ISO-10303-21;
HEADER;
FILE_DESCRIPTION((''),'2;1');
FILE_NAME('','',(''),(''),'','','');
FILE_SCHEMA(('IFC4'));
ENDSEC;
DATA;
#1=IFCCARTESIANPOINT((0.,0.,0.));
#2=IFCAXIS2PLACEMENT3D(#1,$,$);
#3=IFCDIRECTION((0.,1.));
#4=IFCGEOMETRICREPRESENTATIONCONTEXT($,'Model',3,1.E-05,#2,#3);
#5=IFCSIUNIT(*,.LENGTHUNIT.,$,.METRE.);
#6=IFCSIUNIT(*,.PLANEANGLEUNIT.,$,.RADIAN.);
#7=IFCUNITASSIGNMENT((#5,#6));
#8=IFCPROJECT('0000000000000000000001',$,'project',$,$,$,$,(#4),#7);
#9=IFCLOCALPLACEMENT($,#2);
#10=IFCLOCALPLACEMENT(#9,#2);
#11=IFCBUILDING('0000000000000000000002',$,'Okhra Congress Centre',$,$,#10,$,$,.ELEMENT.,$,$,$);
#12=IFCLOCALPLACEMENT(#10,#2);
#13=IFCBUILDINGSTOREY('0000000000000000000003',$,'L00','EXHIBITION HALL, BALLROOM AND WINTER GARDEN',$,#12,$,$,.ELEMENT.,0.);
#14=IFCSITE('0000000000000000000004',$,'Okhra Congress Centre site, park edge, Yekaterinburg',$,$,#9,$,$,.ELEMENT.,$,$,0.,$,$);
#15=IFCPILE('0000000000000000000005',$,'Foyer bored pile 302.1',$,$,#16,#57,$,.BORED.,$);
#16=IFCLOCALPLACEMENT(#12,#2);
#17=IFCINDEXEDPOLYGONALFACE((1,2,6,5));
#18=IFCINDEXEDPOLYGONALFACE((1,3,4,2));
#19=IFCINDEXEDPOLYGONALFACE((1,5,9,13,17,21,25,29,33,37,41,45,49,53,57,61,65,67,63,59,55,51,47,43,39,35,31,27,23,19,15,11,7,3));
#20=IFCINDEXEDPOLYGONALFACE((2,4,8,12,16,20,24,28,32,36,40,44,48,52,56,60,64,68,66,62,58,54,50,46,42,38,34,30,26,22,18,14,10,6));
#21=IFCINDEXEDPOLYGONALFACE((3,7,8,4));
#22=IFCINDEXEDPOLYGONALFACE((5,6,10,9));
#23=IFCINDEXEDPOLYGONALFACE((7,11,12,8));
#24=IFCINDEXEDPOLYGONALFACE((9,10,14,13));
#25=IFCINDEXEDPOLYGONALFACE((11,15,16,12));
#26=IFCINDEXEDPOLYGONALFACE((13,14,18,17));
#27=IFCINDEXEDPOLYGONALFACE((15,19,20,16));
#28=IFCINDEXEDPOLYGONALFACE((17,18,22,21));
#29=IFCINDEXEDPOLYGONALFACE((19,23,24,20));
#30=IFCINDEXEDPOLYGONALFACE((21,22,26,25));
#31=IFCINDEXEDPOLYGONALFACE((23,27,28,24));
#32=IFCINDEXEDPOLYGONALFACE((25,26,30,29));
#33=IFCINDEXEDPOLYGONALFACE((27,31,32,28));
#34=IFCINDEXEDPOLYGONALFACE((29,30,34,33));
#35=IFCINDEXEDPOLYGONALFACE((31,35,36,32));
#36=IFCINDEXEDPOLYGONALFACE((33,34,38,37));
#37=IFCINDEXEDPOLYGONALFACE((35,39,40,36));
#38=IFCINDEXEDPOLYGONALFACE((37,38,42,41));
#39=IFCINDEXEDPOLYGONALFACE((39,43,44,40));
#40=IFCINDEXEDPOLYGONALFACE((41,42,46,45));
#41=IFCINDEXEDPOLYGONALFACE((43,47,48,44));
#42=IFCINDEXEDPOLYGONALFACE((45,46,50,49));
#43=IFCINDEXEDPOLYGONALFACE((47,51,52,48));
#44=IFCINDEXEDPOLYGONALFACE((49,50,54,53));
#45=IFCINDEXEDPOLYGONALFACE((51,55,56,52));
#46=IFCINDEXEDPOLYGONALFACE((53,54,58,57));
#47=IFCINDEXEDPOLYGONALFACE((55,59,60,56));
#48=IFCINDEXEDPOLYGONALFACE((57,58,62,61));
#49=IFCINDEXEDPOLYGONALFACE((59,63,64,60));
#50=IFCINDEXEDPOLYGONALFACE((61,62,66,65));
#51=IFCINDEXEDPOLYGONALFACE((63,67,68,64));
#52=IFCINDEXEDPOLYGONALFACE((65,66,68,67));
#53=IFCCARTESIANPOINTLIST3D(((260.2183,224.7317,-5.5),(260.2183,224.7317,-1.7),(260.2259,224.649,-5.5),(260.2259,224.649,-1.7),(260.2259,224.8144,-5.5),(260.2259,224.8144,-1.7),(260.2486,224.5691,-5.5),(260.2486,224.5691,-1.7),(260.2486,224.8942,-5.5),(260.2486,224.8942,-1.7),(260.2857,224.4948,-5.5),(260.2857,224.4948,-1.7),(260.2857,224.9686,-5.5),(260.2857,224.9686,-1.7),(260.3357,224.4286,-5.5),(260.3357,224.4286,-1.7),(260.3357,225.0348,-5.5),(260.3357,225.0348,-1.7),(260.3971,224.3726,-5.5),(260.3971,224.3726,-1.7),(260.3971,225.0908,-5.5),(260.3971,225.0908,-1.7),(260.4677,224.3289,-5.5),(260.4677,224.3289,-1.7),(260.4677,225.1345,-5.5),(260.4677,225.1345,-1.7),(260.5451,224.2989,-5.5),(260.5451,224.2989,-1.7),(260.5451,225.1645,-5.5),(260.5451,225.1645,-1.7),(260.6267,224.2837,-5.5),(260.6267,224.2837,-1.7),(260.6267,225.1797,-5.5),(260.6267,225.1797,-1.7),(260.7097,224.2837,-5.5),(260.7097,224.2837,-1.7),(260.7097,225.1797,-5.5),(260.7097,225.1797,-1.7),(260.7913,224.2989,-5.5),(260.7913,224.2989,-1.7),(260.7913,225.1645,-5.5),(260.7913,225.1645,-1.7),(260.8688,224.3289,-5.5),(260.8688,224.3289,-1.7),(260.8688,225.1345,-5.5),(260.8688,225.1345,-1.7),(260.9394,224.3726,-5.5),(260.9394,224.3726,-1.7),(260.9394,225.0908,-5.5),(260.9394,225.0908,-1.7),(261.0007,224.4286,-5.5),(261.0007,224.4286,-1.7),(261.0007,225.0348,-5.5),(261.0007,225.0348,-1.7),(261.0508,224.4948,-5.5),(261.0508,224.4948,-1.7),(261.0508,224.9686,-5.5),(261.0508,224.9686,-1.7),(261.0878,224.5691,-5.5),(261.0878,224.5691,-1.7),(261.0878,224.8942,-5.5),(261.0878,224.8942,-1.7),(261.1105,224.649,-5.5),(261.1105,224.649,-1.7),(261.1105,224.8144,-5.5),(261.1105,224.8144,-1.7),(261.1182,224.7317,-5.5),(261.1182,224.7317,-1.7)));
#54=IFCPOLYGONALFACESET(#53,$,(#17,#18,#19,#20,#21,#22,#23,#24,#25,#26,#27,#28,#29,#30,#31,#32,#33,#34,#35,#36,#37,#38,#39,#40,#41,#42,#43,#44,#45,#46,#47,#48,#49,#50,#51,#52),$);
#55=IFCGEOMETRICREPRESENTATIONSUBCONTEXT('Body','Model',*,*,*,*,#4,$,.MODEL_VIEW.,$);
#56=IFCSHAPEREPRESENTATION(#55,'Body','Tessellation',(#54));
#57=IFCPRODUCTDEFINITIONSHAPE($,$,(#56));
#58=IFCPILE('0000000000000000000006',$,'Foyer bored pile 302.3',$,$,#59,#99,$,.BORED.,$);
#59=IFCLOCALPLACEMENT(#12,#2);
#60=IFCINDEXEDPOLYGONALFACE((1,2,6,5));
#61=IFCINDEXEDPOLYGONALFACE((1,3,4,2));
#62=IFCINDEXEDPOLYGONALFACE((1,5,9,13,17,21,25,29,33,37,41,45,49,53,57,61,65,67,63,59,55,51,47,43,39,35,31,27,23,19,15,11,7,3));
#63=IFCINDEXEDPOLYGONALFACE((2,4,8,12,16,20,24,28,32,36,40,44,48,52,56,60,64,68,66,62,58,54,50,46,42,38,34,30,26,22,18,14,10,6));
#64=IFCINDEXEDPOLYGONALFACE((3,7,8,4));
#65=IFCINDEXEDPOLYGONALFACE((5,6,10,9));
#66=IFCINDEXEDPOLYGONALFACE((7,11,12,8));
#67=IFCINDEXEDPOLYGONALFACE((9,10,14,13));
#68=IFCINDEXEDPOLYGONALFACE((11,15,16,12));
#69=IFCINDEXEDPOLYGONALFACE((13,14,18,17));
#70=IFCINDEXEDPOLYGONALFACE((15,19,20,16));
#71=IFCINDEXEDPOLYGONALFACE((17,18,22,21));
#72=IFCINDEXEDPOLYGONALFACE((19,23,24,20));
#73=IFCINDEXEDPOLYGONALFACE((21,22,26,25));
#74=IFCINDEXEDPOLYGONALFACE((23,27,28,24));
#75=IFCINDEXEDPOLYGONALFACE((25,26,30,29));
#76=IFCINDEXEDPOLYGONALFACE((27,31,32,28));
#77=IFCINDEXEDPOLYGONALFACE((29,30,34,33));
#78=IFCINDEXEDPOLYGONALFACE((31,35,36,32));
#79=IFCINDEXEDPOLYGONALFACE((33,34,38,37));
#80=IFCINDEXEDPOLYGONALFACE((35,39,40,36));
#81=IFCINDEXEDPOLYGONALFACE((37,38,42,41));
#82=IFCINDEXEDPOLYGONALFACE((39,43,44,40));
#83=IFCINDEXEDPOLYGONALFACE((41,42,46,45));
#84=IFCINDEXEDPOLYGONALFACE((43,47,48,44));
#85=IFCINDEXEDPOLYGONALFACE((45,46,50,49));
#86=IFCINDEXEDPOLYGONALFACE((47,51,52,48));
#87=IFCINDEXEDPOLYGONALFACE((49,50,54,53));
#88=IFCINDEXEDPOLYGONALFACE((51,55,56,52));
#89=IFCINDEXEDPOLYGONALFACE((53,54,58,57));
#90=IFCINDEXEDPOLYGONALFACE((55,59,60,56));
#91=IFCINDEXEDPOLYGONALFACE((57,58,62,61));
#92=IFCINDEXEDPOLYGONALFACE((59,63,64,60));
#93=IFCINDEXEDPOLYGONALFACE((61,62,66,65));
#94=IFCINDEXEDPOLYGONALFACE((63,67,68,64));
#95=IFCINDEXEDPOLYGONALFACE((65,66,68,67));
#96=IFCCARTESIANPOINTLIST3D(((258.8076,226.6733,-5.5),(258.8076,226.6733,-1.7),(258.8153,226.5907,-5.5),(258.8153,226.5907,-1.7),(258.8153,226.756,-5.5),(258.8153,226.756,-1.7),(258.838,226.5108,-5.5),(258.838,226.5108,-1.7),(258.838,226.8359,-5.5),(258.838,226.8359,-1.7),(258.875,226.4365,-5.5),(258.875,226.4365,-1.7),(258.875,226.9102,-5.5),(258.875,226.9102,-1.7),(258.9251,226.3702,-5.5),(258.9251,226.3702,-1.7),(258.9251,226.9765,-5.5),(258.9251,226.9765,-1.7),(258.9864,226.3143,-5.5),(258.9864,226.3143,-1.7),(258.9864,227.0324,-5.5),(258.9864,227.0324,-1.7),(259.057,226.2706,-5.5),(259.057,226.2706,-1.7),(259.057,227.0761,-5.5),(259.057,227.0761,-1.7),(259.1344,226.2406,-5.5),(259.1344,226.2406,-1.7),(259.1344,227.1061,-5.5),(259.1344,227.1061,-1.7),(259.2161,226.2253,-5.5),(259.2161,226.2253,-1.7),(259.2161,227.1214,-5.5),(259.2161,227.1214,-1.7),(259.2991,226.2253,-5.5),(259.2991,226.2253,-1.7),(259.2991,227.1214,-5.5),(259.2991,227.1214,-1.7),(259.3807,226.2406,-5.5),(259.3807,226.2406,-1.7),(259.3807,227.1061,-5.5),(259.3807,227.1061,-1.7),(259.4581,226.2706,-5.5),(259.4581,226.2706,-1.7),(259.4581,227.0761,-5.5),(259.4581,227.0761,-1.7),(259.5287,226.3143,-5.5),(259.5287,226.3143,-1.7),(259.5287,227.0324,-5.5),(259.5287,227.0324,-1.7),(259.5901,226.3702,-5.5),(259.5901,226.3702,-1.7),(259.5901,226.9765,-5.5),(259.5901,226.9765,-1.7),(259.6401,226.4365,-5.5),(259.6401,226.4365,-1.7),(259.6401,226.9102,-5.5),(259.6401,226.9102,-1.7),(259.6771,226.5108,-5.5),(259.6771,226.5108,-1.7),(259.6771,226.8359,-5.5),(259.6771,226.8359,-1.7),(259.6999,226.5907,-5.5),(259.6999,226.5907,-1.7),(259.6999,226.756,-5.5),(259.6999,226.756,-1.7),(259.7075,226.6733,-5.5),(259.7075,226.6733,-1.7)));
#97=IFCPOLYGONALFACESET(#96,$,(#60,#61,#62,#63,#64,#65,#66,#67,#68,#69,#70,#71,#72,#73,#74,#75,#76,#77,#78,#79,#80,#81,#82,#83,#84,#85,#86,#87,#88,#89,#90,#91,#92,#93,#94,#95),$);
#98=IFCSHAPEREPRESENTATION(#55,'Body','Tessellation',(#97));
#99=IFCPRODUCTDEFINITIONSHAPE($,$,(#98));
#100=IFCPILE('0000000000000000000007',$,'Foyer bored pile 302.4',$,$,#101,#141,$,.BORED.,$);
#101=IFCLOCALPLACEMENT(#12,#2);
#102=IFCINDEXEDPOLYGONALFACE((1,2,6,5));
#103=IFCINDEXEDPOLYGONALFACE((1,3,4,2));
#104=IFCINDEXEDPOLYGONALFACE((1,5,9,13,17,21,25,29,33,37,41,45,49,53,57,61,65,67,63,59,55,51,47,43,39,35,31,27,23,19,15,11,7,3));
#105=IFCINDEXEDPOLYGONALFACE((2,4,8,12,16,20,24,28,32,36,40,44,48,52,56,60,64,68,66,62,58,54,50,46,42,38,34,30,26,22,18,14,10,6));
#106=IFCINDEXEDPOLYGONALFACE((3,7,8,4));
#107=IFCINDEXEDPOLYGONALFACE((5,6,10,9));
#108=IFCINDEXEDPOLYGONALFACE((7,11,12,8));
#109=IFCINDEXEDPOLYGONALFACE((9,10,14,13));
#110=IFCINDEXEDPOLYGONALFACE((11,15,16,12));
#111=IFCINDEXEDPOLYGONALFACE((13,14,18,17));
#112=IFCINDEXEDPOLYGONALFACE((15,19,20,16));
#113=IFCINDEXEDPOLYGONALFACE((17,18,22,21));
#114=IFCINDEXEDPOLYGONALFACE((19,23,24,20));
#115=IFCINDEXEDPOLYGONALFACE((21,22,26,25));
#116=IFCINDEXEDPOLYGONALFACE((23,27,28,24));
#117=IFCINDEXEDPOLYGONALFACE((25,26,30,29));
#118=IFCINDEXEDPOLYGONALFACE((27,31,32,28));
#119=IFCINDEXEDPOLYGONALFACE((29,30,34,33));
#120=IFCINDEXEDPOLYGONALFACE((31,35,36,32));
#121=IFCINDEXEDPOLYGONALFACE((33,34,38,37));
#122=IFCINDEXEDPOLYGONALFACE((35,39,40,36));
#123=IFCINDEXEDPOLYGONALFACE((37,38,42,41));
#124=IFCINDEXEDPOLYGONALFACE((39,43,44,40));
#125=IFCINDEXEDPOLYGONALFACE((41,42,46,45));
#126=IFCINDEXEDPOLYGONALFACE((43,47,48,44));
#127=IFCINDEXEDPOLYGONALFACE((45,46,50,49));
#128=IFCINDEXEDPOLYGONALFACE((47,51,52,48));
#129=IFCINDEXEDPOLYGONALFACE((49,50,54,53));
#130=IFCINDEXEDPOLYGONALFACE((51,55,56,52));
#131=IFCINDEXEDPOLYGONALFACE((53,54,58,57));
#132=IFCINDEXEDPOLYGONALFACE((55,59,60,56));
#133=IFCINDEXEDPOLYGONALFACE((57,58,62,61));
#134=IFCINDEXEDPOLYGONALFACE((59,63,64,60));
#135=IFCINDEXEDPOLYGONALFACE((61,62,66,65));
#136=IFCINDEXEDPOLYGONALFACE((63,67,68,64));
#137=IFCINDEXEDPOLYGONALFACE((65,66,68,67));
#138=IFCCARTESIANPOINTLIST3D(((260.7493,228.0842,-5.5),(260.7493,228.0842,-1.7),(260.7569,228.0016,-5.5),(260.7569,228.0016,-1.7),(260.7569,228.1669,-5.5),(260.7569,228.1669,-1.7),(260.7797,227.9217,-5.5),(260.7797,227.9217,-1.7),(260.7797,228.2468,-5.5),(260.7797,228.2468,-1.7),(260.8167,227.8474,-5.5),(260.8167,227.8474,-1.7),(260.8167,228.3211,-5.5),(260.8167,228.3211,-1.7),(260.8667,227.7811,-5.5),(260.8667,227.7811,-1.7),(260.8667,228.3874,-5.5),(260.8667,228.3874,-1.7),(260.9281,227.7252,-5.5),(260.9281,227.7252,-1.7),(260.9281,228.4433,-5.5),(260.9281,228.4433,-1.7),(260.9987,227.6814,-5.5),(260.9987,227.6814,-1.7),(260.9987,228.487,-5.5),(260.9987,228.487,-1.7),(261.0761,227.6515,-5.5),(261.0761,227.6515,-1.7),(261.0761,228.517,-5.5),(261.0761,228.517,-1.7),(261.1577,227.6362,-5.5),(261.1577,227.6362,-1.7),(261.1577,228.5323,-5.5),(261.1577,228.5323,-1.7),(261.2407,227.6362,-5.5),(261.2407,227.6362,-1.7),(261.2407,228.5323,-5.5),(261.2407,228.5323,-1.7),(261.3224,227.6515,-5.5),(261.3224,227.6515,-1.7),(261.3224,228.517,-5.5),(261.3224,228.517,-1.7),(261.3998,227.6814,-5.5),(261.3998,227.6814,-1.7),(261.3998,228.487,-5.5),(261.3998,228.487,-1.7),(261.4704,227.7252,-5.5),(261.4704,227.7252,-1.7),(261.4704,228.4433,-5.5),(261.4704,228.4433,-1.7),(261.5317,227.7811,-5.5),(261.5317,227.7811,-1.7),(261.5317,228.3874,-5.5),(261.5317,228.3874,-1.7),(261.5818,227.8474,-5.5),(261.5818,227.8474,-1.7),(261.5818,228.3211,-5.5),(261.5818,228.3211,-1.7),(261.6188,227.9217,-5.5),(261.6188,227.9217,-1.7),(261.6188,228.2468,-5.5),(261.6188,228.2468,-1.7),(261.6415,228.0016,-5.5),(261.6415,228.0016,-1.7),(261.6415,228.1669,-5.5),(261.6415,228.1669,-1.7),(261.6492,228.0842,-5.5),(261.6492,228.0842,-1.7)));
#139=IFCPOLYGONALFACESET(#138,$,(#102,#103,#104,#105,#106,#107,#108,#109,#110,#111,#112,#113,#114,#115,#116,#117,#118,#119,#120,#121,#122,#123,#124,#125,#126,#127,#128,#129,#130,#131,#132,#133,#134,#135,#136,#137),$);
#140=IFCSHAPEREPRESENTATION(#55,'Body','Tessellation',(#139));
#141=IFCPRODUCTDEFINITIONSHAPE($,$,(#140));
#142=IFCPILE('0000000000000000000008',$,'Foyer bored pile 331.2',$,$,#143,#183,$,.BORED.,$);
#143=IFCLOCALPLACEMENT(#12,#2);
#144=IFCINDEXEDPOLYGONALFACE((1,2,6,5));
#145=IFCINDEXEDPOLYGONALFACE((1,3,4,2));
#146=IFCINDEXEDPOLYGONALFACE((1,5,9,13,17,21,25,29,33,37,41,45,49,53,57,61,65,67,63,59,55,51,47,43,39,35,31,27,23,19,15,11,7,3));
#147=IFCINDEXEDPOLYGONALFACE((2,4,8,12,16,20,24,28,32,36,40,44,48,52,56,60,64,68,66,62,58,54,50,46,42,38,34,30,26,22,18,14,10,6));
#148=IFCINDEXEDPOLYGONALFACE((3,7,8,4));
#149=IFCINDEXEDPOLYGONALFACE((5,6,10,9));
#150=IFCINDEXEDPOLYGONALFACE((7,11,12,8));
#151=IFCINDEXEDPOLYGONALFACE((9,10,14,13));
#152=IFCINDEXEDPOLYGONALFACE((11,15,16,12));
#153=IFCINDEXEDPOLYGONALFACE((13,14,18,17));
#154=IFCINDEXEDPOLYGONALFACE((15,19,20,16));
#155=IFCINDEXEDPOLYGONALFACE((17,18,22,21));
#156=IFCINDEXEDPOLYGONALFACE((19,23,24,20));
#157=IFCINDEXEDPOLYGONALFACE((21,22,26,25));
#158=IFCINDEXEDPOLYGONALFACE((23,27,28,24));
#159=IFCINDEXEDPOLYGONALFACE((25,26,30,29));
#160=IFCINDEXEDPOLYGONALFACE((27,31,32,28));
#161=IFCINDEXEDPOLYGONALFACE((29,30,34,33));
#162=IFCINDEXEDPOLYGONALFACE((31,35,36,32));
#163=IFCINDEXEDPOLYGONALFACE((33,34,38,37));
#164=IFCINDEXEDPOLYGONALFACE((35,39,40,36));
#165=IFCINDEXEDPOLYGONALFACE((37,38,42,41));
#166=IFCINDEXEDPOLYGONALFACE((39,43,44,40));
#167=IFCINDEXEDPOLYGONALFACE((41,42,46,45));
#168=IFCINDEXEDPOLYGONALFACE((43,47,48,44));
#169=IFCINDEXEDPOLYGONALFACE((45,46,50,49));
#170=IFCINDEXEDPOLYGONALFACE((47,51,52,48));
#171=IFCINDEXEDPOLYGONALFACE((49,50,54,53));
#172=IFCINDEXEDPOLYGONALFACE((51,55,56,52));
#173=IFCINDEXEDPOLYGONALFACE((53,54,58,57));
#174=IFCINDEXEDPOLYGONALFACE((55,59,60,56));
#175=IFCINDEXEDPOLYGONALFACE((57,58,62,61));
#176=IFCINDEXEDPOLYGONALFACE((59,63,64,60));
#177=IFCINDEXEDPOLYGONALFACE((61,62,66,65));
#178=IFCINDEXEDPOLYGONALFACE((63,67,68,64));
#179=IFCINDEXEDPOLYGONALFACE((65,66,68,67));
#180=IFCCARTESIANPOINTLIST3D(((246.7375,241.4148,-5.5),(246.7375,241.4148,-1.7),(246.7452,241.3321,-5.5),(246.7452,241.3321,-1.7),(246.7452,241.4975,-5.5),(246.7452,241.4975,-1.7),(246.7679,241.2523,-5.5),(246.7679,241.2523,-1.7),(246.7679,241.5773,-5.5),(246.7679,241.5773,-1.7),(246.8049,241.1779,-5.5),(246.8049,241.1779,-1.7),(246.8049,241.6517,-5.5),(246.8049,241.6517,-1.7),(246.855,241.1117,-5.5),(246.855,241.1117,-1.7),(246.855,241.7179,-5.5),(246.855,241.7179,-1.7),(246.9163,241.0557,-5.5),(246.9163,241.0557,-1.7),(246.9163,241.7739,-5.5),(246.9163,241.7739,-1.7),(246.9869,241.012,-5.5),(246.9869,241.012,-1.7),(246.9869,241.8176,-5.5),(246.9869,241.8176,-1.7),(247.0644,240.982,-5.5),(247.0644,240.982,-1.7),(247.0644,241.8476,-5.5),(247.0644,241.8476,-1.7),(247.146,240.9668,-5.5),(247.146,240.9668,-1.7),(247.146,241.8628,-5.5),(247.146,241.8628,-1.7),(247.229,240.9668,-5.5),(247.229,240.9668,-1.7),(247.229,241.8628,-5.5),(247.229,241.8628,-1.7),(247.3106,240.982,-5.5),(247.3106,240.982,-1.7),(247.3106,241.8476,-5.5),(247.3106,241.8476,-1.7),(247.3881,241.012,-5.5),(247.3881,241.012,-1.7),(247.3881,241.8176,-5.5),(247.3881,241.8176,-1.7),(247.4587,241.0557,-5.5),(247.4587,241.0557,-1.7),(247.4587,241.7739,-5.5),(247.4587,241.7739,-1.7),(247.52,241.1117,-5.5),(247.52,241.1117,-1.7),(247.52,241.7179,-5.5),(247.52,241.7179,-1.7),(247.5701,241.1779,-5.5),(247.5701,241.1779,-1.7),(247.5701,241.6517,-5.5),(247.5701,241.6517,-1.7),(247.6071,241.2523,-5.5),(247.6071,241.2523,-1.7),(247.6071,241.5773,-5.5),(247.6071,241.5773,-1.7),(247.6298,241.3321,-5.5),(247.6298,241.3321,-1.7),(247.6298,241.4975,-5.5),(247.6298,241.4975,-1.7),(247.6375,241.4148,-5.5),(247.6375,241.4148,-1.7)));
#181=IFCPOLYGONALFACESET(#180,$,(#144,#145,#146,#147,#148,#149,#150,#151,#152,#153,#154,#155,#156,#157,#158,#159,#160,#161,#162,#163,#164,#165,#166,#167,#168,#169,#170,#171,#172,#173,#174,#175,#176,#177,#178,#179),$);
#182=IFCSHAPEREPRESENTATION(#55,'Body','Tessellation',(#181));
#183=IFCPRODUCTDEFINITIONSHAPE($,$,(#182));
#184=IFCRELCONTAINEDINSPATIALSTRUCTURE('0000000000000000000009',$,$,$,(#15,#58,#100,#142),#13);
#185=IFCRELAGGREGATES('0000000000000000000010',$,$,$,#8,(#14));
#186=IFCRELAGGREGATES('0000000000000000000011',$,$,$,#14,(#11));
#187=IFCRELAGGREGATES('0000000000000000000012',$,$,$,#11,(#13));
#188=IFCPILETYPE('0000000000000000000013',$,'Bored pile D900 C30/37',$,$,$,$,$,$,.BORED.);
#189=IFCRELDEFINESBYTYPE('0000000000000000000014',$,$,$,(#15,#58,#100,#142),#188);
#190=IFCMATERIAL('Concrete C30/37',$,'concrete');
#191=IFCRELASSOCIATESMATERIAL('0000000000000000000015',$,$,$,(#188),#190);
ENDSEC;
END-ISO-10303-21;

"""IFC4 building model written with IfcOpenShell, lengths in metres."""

from ifc_helpers import new_model, si_unit, direction, frame, origin, origin_2d, place, context, subcontext, project, spatial, circle, extrude, material, material_profile, profile_set, type_object, element, save


model = new_model("IFC4")

# Units and contexts
model_context = context("Model", 3, precision=1e-05, world=origin(), true_north=direction((0.0, 1.0)))
body_context = subcontext(model_context, "Body", "Model", "MODEL_VIEW")
ifc_project = project(units=[si_unit("LENGTHUNIT", "METRE"), si_unit("PLANEANGLEUNIT", "RADIAN")], contexts=[model_context])

# Site, building, storey
site_placement = place(None, origin())
site = spatial("IfcSite", under=ifc_project, at=site_placement, Name="Okhra Congress Centre site, park edge, Yekaterinburg", CompositionType="ELEMENT", RefElevation=0.0)
building_placement = place(site_placement, origin())
building = spatial("IfcBuilding", under=site, at=building_placement, Name="Okhra Congress Centre", CompositionType="ELEMENT")
storey_placement = place(building_placement, origin())
storey = spatial("IfcBuildingStorey", under=building, at=storey_placement, Name="L00", Description="EXHIBITION HALL, BALLROOM AND WINTER GARDEN", CompositionType="ELEMENT", Elevation=0.0)

# Piles
ifc_material_1 = material(Name="Concrete C30/37", Category="concrete")
ifc_material_profile = material_profile(ifc_material_1, circle(Radius=0.45, at=origin_2d()), Name="D900")
ifc_profile_set = profile_set([ifc_material_profile], Name="Concrete C30/37")
pile_type = type_object("IfcPileType", Name="Bored pile D900 C30/37", PredefinedType="BORED", material=ifc_profile_set)
for number, where, z_axis, x_axis, name in (
    (1, (260.6682, 224.7317, -1.7), (0.0, 0.0, -1.0), (1.0, 0.0, 0.0), "Foyer bored pile 302.1"),
    (2, (259.2576, 226.6733, -1.7), (0.0, 0.0, -1.0), (1.0, 0.0, 0.0), "Foyer bored pile 302.3"),
    (3, (261.1992, 228.0842, -1.7), (0.0, 0.0, -1.0), (1.0, 0.0, 0.0), "Foyer bored pile 302.4"),
    (4, (247.1875, 241.4148, -1.7), (0.0, 0.0, -1.0), (1.0, 0.0, 0.0), "Foyer bored pile 331.2"),
):
    element("IfcPile", number, at=place(storey_placement, frame(where, z_axis=z_axis, x_axis=x_axis)), inside=storey, type_object=pile_type, Name=name, PredefinedType="BORED", context=body_context, shape_type="SweptSolid", body=[
        extrude(circle(Radius=0.45, at=origin_2d()), origin(), (0.0, 0.0, 1.0), 3.8),
    ])

save(model, "model.ifc")
